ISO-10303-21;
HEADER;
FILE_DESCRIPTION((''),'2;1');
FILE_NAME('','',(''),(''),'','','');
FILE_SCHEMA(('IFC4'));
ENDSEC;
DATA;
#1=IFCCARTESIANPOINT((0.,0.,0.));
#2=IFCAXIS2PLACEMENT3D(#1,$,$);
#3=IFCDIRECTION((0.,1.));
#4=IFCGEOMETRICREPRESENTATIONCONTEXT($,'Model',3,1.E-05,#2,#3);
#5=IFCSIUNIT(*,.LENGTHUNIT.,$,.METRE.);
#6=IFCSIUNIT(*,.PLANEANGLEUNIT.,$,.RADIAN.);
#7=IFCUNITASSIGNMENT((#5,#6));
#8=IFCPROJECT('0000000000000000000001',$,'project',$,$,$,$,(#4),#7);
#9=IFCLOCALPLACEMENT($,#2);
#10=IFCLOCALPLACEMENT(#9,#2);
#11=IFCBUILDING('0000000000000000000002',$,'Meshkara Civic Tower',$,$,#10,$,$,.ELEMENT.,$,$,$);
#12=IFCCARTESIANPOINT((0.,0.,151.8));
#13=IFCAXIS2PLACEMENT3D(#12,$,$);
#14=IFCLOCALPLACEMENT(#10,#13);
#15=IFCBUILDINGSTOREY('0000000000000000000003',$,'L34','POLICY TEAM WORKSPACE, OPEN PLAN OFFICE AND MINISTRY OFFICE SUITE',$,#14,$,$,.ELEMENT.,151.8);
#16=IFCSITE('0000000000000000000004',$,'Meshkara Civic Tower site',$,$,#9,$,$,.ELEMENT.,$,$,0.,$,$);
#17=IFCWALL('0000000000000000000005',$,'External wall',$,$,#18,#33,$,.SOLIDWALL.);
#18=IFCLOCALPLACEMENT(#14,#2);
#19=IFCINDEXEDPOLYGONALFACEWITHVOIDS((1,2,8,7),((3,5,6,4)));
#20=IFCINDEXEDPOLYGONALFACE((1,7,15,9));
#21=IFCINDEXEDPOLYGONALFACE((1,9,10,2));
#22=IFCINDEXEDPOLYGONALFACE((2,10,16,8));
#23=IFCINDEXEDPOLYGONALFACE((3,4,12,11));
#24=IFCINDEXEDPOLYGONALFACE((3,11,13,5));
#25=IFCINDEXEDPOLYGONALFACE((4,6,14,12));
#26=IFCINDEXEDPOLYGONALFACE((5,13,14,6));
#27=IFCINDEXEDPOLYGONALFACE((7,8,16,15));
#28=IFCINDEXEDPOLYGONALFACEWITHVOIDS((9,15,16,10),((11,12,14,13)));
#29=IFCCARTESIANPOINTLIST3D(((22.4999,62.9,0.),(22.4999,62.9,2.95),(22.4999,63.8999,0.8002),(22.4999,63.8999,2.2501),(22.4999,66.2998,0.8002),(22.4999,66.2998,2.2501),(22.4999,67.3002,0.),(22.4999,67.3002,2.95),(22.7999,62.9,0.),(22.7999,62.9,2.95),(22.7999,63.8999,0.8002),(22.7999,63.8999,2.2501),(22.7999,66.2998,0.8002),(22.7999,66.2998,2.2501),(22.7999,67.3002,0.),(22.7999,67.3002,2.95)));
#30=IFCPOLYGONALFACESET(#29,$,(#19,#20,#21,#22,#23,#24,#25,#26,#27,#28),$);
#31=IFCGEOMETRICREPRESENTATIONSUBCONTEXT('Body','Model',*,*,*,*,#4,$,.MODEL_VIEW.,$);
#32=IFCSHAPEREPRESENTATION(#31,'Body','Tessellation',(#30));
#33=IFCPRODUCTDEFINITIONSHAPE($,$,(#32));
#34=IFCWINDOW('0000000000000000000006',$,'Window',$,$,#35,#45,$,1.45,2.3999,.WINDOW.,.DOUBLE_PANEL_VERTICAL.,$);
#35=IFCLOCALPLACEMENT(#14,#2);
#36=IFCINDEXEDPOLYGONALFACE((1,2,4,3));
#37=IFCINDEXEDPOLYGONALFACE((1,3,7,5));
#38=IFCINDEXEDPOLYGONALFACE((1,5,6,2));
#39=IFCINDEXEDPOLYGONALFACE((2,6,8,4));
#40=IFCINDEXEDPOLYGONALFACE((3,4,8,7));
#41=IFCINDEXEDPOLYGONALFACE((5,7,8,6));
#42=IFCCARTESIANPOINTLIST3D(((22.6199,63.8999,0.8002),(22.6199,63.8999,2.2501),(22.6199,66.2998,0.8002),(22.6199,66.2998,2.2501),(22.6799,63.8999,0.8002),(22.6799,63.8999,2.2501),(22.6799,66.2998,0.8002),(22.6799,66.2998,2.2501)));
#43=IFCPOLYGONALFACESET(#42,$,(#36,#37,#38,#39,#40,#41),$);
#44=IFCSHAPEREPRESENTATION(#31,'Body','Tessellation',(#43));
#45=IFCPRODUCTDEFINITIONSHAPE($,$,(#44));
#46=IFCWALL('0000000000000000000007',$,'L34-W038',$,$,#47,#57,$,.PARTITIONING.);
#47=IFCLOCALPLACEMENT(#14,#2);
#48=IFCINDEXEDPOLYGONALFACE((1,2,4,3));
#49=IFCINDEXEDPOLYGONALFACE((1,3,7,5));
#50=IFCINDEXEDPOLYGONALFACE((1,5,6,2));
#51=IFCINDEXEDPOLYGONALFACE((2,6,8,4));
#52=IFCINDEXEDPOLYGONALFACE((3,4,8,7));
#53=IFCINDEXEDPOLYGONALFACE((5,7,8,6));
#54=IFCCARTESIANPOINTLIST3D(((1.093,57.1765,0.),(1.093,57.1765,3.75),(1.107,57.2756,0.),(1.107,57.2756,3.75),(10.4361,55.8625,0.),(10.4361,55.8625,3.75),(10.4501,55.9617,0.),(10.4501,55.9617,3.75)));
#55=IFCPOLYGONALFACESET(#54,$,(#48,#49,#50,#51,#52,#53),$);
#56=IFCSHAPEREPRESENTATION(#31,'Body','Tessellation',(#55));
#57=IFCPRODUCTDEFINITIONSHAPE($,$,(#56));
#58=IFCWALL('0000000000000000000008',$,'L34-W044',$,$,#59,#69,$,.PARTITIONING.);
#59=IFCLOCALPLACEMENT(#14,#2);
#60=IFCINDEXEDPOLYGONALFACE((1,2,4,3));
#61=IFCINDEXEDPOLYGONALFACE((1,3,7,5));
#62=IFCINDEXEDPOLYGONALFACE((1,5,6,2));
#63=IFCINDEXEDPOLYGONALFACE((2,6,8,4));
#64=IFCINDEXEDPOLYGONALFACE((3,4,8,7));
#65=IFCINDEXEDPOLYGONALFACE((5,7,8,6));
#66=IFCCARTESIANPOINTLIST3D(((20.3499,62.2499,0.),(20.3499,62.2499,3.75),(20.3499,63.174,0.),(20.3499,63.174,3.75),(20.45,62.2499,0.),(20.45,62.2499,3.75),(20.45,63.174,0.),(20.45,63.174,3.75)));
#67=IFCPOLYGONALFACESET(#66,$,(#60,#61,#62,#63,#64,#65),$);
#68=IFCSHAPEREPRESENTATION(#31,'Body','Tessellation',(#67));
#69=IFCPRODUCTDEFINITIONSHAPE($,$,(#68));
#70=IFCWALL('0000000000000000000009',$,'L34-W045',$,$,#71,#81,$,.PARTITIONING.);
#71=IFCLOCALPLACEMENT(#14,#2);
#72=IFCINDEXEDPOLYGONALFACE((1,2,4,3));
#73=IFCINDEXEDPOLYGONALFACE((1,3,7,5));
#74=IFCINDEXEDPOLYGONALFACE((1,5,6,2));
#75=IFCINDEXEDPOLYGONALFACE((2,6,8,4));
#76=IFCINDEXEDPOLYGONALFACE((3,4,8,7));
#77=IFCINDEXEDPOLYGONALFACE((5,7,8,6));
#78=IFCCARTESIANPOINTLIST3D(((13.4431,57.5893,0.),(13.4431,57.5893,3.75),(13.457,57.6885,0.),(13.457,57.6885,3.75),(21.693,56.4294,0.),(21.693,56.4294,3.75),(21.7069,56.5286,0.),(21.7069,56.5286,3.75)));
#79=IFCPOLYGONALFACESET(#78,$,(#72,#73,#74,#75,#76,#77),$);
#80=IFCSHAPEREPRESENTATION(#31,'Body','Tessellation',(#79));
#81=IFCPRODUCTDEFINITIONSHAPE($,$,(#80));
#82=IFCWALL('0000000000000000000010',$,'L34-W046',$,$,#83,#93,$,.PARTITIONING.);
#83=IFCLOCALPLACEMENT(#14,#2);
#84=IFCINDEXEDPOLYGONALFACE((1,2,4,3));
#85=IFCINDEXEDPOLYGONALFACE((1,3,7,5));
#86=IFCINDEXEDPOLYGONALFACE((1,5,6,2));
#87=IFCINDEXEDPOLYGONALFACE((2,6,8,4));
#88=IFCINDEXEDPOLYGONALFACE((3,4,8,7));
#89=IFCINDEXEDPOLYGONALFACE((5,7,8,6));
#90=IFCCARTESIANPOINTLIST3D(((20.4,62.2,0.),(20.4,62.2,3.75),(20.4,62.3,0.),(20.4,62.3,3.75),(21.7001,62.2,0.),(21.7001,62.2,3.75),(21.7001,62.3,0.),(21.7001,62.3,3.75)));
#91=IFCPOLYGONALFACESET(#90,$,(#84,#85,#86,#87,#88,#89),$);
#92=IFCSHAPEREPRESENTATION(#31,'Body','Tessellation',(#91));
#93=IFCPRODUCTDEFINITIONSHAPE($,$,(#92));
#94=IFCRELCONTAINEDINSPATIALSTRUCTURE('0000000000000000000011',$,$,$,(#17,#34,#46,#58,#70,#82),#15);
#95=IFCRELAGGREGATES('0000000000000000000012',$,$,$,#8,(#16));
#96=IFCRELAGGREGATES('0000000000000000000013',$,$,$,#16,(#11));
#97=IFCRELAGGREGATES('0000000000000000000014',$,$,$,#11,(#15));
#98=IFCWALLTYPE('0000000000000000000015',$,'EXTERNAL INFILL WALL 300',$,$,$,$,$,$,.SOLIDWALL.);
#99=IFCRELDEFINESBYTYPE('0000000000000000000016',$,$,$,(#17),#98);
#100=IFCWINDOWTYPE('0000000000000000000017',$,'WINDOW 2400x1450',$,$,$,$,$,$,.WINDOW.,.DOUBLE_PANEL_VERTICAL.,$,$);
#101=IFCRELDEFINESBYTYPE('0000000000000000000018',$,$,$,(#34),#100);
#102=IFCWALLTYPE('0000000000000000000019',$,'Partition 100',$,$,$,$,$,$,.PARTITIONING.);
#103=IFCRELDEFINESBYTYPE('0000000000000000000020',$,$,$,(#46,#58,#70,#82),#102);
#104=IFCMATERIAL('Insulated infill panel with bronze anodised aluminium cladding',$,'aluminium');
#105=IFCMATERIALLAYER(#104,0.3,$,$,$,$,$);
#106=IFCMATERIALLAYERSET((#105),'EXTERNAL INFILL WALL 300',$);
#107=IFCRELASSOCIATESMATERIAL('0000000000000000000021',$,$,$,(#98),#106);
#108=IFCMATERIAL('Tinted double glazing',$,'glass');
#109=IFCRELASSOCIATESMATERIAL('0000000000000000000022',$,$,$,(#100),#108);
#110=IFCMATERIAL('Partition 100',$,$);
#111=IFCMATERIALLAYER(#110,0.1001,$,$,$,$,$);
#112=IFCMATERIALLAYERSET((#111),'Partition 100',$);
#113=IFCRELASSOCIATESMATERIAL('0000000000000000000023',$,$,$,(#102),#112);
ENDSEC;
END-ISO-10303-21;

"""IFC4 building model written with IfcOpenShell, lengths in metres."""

from ifc_helpers import new_model, si_unit, direction, frame, frame_2d, origin, place, context, subcontext, project, spatial, rectangle, extrude, material, layer, layer_set, type_object, element, fill, save


model = new_model("IFC4")

# Units and contexts
model_context = context("Model", 3, precision=1e-05, world=origin(), true_north=direction((0.0, 1.0)))
body_context = subcontext(model_context, "Body", "Model", "MODEL_VIEW")
ifc_project = project(units=[si_unit("LENGTHUNIT", "METRE"), si_unit("PLANEANGLEUNIT", "RADIAN")], contexts=[model_context])

# Site, building, storey
site_placement = place(None, origin())
site = spatial("IfcSite", under=ifc_project, at=site_placement, Name="Meshkara Civic Tower site", CompositionType="ELEMENT", RefElevation=0.0)
building_placement = place(site_placement, origin())
building = spatial("IfcBuilding", under=site, at=building_placement, Name="Meshkara Civic Tower", CompositionType="ELEMENT")
storey_placement = place(building_placement, frame((0.0, 0.0, 151.8)))
storey = spatial("IfcBuildingStorey", under=building, at=storey_placement, Name="L34", Description="POLICY TEAM WORKSPACE, OPEN PLAN OFFICE AND MINISTRY OFFICE SUITE", CompositionType="ELEMENT", Elevation=151.8)

# Wall, opening, window
ifc_material_1 = material(Name="Insulated infill panel with bronze anodised aluminium cladding", Category="aluminium")
ifc_layer_1 = layer(ifc_material_1, 0.3)
ifc_layer_set_1 = layer_set([ifc_layer_1], Name="EXTERNAL INFILL WALL 300")
wall_type_1 = type_object("IfcWallType", Name="EXTERNAL INFILL WALL 300", PredefinedType="SOLIDWALL", material=ifc_layer_set_1)
ifc_material_2 = material(Name="Tinted double glazing", Category="glass")
window_type = type_object("IfcWindowType", Name="WINDOW 2400x1450", PartitioningType="DOUBLE_PANEL_VERTICAL", PredefinedType="WINDOW", material=ifc_material_2)
wall_1_placement = place(storey_placement, frame((22.6499, 62.8999, 0.0), z_axis=(0.0, 0.0, 1.0), x_axis=(0.0, 1.0, 0.0)))
wall_1 = element("IfcWall", 1, at=wall_1_placement, inside=storey, type_object=wall_type_1, Name="External wall", PredefinedType="SOLIDWALL", context=body_context, shape_type="SweptSolid", body=[
    extrude(rectangle(XDim=4.4001, YDim=0.3, at=frame_2d((2.2002, 0.0))), origin(), (0.0, 0.0, 1.0), 2.95),
])
opening_1_placement = place(wall_1_placement, frame((1.0, 0.0, 0.8)))
opening_1 = element("IfcOpeningElement", 2, at=opening_1_placement, cuts=wall_1, PredefinedType="OPENING", context=body_context, shape_type="SweptSolid", body=[
    extrude(rectangle(XDim=2.3999, YDim=1.45, at=frame_2d((1.2, 0.7251))), frame((0.0, 0.1599, 0.0), z_axis=(0.0, -1.0, 0.0), x_axis=(1.0, 0.0, 0.0)), (0.0, 0.0, 1.0), 0.3201),
])
window_1_placement = place(opening_1_placement, origin())
window_1 = element("IfcWindow", 3, at=window_1_placement, inside=storey, type_object=window_type, Name="Window", OverallHeight=1.45, OverallWidth=2.3999, PartitioningType="DOUBLE_PANEL_VERTICAL", PredefinedType="WINDOW", context=body_context, shape_type="SweptSolid", body=[
    extrude(rectangle(XDim=2.3999, YDim=1.45, at=frame_2d((1.2, 0.7251))), frame((0.0, 0.03, 0.0), z_axis=(0.0, -1.0, 0.0), x_axis=(1.0, 0.0, 0.0)), (0.0, 0.0, 1.0), 0.0601),
])
fill(opening_1, window_1)

# Walls
ifc_material_3 = material(Name="Partition 100")
ifc_layer_2 = layer(ifc_material_3, 0.1001)
ifc_layer_set_2 = layer_set([ifc_layer_2], Name="Partition 100")
wall_type_2 = type_object("IfcWallType", Name="Partition 100", PredefinedType="PARTITIONING", material=ifc_layer_set_2)
wall_2_placement = place(storey_placement, frame((10.4431, 55.9121, 0.0), z_axis=(0.0, 0.0, 1.0), x_axis=(-0.990255, 0.139266, 0.0)))
element("IfcWall", 4, at=wall_2_placement, inside=storey, type_object=wall_type_2, Name="L34-W038", PredefinedType="PARTITIONING", context=body_context, shape_type="SweptSolid", body=[
    extrude(rectangle(XDim=9.4351, YDim=0.1001, at=frame_2d((4.7175, 0.0))), origin(), (0.0, 0.0, 1.0), 3.75),
])
wall_3_placement = place(storey_placement, frame((20.3999, 62.25, 0.0), z_axis=(0.0, 0.0, 1.0), x_axis=(0.0, 1.0, 0.0)))
element("IfcWall", 5, at=wall_3_placement, inside=storey, type_object=wall_type_2, Name="L34-W044", PredefinedType="PARTITIONING", context=body_context, shape_type="SweptSolid", body=[
    extrude(rectangle(XDim=0.9241, YDim=0.1001, at=frame_2d((0.4619, 0.0))), origin(), (0.0, 0.0, 1.0), 3.75),
])
wall_4_placement = place(storey_placement, frame((21.7, 56.479, 0.0), z_axis=(0.0, 0.0, 1.0), x_axis=(-0.990261, 0.139226, 0.0)))
element("IfcWall", 6, at=wall_4_placement, inside=storey, type_object=wall_type_2, Name="L34-W045", PredefinedType="PARTITIONING", context=body_context, shape_type="SweptSolid", body=[
    extrude(rectangle(XDim=8.3311, YDim=0.1001, at=frame_2d((4.1655, 0.0))), origin(), (0.0, 0.0, 1.0), 3.75),
])
wall_5_placement = place(storey_placement, frame((21.7, 62.25, 0.0), z_axis=(0.0, 0.0, 1.0), x_axis=(-1.0, 0.0, 0.0)))
element("IfcWall", 7, at=wall_5_placement, inside=storey, type_object=wall_type_2, Name="L34-W046", PredefinedType="PARTITIONING", context=body_context, shape_type="SweptSolid", body=[
    extrude(rectangle(XDim=1.3, YDim=0.1001, at=frame_2d((0.6499, 0.0))), origin(), (0.0, 0.0, 1.0), 3.75),
])

save(model, "model.ifc")
